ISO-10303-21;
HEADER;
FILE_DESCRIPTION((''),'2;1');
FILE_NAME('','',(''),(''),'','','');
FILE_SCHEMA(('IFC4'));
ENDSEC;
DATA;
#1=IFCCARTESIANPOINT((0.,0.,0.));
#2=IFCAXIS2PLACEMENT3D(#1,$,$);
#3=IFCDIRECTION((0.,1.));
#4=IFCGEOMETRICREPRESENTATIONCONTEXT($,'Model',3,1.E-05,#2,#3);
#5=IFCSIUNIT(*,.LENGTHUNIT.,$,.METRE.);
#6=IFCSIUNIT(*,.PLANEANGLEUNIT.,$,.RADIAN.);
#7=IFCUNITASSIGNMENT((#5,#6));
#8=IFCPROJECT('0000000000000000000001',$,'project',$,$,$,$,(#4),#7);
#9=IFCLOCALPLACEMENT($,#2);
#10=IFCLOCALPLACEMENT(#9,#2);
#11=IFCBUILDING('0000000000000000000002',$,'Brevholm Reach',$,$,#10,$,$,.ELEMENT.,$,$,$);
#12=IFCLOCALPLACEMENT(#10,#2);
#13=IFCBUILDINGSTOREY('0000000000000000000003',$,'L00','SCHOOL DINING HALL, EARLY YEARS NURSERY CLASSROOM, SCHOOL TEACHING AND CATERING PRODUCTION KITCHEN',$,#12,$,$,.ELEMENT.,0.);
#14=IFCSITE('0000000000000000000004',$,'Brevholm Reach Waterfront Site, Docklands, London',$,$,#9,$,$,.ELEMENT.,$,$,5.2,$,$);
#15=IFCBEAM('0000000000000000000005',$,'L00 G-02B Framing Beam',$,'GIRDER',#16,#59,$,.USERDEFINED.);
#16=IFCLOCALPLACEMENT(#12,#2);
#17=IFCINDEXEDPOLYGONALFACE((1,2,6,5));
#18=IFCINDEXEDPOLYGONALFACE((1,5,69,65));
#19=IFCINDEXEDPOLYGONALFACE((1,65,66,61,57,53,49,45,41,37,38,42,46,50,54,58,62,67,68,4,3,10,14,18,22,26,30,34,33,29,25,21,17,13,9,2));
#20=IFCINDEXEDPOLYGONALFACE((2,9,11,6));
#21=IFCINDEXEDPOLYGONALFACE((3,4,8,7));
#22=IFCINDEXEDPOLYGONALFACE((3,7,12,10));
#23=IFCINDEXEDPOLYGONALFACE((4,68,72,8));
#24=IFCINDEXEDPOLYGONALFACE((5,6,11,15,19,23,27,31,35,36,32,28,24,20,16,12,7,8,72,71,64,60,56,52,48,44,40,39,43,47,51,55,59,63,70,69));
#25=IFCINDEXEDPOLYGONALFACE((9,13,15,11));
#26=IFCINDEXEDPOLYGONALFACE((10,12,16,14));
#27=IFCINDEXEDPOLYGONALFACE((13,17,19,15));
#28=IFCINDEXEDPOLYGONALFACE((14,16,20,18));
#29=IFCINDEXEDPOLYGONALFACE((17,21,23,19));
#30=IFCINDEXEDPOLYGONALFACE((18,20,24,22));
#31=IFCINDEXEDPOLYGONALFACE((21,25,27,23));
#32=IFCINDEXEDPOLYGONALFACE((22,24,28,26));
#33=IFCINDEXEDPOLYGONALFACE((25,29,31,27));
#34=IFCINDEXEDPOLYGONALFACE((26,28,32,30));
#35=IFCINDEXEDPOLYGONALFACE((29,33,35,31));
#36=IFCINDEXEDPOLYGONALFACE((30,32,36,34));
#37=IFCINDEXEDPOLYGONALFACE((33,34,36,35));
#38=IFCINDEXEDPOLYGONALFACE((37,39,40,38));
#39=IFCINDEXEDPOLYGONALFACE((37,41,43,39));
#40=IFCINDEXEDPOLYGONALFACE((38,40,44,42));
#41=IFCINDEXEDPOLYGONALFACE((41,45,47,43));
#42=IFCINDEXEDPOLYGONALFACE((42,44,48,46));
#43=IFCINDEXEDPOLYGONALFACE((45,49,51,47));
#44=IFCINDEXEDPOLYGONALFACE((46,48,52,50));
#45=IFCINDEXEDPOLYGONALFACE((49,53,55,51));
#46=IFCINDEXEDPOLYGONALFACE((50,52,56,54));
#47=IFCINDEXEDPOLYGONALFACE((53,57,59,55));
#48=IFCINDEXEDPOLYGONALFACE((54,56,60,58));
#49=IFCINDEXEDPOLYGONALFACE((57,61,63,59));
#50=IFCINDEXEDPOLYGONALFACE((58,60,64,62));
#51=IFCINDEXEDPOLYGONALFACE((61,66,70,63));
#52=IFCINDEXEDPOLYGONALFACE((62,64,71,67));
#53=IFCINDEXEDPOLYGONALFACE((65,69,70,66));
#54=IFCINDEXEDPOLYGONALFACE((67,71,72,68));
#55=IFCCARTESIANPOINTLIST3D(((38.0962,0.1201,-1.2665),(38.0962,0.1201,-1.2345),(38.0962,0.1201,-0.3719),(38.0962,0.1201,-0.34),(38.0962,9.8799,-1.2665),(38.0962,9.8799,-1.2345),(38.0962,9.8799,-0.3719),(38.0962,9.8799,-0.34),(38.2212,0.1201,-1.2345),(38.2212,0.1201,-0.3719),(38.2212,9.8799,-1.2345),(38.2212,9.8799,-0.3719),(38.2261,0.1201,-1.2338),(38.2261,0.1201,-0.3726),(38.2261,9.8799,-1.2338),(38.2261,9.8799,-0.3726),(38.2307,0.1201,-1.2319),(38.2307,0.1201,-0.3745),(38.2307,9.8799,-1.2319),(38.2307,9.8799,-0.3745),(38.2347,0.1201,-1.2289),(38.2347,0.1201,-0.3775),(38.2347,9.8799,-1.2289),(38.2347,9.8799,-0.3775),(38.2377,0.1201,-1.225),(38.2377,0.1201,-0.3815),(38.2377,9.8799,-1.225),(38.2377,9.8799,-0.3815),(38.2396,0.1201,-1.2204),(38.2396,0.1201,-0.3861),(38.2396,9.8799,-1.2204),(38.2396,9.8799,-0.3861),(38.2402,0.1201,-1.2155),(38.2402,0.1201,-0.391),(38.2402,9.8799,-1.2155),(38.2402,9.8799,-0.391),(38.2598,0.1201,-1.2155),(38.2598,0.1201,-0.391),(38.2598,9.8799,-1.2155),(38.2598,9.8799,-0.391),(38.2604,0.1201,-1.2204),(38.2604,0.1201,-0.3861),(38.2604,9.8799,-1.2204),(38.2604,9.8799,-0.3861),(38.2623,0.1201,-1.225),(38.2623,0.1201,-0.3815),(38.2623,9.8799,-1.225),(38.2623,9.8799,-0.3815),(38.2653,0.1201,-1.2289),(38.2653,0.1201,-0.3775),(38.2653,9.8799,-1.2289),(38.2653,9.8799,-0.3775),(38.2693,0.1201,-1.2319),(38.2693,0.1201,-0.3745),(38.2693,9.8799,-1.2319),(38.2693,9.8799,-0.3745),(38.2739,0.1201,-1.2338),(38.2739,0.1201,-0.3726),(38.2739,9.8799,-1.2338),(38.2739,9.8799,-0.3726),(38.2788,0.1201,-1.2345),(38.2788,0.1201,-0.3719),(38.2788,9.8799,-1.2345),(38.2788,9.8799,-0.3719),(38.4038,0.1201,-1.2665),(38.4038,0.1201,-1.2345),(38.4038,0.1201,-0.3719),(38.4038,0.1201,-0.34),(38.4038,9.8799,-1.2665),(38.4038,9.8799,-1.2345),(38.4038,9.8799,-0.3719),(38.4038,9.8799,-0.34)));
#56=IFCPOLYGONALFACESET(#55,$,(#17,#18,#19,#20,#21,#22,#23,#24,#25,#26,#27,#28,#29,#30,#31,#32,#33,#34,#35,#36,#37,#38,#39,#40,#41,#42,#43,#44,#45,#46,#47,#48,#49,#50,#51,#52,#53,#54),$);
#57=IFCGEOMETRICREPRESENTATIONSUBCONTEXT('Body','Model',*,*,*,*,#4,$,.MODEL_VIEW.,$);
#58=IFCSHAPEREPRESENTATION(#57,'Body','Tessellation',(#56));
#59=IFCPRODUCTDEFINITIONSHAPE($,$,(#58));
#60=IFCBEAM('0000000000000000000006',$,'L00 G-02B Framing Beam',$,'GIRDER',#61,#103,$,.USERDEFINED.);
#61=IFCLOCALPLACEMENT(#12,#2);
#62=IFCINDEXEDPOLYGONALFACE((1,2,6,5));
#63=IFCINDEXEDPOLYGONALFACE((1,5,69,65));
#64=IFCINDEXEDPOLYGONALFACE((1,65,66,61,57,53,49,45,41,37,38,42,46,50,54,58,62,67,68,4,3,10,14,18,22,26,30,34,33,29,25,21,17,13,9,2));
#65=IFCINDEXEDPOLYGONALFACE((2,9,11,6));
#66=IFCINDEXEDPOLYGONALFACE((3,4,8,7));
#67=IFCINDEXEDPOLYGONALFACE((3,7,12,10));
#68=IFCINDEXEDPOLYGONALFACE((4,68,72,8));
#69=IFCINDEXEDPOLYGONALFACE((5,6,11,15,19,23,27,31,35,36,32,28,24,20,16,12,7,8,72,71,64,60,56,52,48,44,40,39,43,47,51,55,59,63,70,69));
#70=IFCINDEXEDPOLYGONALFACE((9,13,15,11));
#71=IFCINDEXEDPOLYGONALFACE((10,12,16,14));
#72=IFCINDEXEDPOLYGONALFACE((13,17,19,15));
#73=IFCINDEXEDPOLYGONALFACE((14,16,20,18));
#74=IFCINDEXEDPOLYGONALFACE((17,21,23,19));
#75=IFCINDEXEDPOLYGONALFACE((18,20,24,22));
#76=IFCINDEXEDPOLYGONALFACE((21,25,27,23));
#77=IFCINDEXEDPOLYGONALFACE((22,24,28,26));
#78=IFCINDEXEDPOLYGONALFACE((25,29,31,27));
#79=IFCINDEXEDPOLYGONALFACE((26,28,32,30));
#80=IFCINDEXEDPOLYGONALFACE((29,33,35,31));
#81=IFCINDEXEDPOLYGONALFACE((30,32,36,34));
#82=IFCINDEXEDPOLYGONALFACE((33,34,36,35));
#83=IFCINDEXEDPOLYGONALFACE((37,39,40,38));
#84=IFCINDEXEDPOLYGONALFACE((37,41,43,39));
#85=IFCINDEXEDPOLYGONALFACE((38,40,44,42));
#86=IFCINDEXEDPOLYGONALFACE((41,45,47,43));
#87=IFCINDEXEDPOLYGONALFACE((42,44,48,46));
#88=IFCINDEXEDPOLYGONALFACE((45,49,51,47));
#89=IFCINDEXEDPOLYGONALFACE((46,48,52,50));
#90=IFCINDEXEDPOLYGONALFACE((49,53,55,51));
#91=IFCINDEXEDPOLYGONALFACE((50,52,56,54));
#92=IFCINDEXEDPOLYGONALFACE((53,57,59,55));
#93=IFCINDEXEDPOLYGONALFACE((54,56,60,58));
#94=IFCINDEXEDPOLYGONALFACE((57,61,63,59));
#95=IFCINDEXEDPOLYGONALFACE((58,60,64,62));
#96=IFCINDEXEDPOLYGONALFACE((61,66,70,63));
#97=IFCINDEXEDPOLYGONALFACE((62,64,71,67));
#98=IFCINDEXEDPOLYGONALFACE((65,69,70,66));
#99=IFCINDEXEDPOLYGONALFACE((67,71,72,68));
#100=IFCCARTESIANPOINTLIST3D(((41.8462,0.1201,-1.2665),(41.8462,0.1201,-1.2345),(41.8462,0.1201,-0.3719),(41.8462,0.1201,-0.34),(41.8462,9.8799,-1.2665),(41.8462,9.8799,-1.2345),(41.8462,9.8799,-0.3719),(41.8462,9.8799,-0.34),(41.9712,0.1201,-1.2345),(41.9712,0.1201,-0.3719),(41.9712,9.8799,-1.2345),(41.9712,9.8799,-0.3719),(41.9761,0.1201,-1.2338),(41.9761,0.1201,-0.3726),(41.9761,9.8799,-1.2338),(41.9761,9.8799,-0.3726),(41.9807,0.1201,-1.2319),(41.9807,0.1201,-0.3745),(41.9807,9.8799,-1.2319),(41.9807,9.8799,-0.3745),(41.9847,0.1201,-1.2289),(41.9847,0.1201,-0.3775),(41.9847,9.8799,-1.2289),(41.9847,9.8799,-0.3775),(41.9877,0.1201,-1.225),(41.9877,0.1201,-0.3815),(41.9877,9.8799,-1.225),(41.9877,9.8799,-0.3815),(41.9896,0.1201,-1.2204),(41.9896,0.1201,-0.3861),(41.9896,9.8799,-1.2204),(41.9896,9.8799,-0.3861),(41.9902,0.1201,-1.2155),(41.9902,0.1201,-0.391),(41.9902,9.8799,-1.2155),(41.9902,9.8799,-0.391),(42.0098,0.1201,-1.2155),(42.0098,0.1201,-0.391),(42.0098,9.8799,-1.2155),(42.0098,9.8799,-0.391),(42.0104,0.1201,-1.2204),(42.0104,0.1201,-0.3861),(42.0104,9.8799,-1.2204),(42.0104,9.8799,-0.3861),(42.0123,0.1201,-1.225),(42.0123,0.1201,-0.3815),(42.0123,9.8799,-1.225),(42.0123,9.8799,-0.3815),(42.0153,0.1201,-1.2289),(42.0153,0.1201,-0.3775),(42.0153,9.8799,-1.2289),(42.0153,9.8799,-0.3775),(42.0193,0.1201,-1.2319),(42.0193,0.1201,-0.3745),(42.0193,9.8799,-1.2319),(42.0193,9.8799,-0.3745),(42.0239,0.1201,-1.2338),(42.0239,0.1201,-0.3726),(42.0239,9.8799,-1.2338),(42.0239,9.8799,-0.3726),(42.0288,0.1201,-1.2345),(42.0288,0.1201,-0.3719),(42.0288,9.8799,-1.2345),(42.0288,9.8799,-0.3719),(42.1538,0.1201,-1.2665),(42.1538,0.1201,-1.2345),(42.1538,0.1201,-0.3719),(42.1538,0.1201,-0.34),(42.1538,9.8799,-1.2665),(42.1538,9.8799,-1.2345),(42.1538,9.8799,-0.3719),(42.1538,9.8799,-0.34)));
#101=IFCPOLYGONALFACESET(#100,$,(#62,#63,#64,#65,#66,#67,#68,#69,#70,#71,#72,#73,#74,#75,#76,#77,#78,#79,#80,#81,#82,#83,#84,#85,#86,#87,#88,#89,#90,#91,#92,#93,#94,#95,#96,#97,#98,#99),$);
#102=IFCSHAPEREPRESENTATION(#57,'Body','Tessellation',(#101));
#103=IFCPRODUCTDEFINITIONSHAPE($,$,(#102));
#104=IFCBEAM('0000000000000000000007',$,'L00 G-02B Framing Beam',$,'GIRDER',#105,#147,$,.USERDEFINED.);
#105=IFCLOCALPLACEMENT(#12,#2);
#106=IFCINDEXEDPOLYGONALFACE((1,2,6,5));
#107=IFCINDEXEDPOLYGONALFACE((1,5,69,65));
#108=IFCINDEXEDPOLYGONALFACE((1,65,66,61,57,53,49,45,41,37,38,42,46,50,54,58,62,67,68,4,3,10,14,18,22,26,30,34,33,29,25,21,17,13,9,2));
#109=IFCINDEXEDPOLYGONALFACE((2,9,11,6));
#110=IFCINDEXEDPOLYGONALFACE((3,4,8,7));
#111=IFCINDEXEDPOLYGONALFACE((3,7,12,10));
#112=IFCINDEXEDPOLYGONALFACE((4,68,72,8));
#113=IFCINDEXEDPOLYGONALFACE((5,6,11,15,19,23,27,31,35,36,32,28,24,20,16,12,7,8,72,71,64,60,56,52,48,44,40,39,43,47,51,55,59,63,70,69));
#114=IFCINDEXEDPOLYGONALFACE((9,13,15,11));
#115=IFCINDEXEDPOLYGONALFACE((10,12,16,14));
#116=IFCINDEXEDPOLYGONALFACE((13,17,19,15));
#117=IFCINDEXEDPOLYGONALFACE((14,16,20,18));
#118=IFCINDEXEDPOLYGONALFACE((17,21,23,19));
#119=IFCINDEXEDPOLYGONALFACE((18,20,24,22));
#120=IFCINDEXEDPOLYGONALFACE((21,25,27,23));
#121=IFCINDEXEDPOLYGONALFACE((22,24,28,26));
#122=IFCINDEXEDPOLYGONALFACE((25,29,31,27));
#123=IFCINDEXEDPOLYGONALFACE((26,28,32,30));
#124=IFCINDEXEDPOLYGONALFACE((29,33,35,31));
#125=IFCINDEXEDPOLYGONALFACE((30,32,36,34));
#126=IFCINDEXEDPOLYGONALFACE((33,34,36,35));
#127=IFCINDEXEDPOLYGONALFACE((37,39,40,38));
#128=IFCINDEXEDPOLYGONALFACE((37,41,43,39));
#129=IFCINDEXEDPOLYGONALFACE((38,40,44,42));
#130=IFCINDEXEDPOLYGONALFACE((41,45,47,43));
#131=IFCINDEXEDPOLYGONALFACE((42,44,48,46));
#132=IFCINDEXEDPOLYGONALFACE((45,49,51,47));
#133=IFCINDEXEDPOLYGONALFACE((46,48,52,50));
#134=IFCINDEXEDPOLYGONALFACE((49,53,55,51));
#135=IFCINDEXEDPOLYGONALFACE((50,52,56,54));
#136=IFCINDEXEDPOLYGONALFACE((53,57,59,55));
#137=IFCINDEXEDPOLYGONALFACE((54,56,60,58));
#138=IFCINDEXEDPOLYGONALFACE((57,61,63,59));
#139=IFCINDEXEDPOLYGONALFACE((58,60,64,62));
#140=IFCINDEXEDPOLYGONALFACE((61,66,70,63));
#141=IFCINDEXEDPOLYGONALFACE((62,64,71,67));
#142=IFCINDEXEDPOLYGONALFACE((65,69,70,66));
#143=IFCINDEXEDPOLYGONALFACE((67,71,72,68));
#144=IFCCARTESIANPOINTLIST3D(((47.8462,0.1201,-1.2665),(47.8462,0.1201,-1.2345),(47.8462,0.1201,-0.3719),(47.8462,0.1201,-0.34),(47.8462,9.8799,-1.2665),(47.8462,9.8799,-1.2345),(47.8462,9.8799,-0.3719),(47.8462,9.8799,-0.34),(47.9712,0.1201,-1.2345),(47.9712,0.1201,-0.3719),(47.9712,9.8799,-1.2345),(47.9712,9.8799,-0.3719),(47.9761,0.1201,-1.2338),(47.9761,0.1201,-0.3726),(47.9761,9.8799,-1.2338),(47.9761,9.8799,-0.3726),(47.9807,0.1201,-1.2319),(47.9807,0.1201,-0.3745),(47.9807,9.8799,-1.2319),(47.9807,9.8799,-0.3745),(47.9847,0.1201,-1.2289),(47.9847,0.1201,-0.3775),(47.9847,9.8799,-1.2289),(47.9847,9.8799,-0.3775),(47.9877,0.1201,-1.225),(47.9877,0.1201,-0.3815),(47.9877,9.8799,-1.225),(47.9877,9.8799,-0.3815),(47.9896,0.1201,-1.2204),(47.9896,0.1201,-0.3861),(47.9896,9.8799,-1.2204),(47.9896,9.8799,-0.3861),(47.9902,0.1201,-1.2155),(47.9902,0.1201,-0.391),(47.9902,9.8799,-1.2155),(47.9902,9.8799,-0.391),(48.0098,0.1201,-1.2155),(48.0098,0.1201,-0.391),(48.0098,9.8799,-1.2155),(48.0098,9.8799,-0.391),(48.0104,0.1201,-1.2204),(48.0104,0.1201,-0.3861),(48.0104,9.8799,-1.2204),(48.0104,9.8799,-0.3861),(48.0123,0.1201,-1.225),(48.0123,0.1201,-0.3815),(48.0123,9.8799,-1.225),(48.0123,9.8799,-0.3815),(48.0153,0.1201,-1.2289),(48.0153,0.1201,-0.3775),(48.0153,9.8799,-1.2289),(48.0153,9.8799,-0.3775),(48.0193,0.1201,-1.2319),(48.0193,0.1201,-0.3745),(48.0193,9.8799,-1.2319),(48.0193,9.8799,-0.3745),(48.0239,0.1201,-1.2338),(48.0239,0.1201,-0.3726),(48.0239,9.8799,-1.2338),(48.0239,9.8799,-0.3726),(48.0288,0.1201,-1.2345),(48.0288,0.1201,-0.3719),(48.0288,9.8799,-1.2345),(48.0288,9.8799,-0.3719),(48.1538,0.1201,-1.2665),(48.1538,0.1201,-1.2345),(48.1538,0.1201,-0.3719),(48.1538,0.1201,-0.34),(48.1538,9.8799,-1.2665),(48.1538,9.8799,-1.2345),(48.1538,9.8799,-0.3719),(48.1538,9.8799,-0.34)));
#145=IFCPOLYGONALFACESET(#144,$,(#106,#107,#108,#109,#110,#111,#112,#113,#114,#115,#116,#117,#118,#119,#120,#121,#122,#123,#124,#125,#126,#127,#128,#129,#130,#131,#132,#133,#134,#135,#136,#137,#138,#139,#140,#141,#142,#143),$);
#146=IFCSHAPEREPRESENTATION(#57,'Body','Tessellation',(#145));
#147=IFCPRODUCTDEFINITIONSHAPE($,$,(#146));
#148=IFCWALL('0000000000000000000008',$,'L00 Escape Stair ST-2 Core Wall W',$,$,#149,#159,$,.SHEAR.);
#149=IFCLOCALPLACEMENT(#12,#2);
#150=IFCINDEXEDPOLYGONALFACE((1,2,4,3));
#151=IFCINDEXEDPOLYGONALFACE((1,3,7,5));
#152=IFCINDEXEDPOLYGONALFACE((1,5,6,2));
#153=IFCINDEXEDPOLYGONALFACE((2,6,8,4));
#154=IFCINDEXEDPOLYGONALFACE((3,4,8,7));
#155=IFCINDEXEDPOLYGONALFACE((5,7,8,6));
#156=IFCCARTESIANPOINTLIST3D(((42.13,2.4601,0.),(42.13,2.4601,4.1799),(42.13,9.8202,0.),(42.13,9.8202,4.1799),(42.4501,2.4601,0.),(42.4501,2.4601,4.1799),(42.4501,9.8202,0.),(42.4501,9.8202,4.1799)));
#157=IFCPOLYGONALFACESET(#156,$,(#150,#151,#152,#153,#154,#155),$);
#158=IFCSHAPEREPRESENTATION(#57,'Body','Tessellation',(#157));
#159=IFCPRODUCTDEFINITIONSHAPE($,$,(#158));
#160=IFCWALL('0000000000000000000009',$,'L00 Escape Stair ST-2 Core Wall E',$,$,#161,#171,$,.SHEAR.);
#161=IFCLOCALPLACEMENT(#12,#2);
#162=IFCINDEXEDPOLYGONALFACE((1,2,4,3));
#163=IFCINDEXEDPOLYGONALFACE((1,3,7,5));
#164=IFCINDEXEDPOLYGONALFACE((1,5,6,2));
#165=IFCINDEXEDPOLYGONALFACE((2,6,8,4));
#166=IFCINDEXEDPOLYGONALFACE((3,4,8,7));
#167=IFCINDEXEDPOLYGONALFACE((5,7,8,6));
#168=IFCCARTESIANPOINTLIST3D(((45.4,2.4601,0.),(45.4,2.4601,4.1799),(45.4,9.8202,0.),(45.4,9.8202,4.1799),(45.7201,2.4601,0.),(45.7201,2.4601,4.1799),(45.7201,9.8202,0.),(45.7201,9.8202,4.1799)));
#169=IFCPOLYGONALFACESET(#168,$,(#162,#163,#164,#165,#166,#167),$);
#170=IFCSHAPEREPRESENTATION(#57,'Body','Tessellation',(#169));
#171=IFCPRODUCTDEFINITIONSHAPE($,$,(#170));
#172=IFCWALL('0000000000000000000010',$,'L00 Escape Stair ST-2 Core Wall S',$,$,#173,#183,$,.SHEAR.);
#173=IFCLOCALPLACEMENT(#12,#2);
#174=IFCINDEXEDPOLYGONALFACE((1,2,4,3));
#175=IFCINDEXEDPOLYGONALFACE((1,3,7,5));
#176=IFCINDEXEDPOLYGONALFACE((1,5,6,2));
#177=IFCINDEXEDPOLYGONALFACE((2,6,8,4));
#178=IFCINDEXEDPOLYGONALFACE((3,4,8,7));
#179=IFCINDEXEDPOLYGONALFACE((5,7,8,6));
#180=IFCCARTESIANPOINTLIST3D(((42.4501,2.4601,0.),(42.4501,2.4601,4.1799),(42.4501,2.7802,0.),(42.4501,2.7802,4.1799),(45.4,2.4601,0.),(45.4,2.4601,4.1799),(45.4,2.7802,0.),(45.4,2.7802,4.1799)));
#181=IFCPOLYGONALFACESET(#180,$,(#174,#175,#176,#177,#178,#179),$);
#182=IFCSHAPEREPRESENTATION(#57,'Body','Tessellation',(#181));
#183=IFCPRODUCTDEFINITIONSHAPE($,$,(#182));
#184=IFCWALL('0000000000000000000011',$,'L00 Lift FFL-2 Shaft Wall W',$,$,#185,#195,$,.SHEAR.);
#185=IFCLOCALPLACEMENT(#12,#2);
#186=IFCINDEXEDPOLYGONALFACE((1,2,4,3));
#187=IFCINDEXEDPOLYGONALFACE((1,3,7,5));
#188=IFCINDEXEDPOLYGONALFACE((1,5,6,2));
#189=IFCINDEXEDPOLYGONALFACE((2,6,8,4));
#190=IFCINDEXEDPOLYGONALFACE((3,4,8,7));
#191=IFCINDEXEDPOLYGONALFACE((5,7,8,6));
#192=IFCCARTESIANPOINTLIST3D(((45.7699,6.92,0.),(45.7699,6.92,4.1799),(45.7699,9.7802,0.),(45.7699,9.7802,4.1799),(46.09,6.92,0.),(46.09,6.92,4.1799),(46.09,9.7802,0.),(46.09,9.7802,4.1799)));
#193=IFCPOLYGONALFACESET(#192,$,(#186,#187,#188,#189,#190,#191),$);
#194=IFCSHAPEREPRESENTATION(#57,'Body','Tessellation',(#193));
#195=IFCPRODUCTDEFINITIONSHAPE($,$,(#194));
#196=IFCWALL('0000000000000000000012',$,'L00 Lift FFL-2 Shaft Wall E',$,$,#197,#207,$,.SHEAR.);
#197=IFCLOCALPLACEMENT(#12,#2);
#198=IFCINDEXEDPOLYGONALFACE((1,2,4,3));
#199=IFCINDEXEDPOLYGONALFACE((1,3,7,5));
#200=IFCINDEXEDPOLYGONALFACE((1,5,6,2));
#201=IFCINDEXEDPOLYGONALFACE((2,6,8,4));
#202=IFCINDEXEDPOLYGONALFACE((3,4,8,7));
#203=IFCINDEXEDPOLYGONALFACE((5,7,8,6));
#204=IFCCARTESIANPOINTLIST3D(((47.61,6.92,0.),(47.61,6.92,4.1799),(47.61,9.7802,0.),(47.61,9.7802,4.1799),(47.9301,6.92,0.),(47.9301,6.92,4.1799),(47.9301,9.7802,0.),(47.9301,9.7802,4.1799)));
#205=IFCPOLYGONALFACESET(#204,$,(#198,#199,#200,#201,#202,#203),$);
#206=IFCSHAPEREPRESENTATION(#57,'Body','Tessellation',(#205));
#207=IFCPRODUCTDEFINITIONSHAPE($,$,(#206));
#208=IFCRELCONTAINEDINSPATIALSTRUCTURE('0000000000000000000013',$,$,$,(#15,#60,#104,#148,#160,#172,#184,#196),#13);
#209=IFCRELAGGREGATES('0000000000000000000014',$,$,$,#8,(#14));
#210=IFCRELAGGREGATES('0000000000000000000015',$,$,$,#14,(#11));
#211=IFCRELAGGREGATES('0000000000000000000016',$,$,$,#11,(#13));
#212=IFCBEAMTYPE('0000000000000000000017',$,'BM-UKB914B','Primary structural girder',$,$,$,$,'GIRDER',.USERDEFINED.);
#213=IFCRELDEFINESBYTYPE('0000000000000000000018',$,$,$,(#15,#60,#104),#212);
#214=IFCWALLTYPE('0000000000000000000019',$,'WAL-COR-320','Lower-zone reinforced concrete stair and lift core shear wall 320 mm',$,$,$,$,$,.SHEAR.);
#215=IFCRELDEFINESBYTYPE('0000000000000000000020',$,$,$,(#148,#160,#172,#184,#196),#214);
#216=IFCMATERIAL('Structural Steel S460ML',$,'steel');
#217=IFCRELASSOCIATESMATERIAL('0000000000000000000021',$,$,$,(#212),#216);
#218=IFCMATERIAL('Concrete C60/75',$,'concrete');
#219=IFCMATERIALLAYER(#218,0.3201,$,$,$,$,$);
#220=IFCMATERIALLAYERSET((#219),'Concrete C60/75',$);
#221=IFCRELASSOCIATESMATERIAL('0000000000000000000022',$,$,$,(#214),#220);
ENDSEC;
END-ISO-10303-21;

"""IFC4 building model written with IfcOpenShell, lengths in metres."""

from ifc_helpers import new_model, si_unit, direction, frame, frame_2d, origin, origin_2d, place, context, subcontext, project, spatial, rectangle, i_section, extrude, material, layer, layer_set, material_profile, profile_set, type_object, element, save


model = new_model("IFC4")

# Units and contexts
model_context = context("Model", 3, precision=1e-05, world=origin(), true_north=direction((0.0, 1.0)))
body_context = subcontext(model_context, "Body", "Model", "MODEL_VIEW")
ifc_project = project(units=[si_unit("LENGTHUNIT", "METRE"), si_unit("PLANEANGLEUNIT", "RADIAN")], contexts=[model_context])

# Site, building, storey
site_placement = place(None, origin())
site = spatial("IfcSite", under=ifc_project, at=site_placement, Name="Brevholm Reach Waterfront Site, Docklands, London", CompositionType="ELEMENT", RefElevation=5.2)
building_placement = place(site_placement, origin())
building = spatial("IfcBuilding", under=site, at=building_placement, Name="Brevholm Reach", CompositionType="ELEMENT")
storey_placement = place(building_placement, origin())
storey = spatial("IfcBuildingStorey", under=building, at=storey_placement, Name="L00", Description="SCHOOL DINING HALL, EARLY YEARS NURSERY CLASSROOM, SCHOOL TEACHING AND CATERING PRODUCTION KITCHEN", CompositionType="ELEMENT", Elevation=0.0)

# Beams
ifc_material_1 = material(Name="Structural Steel S460ML", Category="steel")
ifc_material_profile_1 = material_profile(ifc_material_1, i_section(OverallWidth=0.3076, OverallDepth=0.9265, WebThickness=0.0195, FlangeThickness=0.032, FilletRadius=0.019, at=origin_2d()), Name="UKB 914x305x289")
ifc_profile_set_1 = profile_set([ifc_material_profile_1], Name="Structural Steel S460ML")
beam_type_1 = type_object("IfcBeamType", Name="BM-UKB914B", Description="Primary structural girder", ElementType="GIRDER", PredefinedType="USERDEFINED", material=ifc_profile_set_1)
for number, where, z_axis, x_axis, name in (
    (1, (38.25, 0.1201, -0.8032), (0.0, 1.0, 0.0), (-1.0, 0.0, 0.0), "L00 G-02B Framing Beam"),
    (2, (42.0, 0.1201, -0.8032), (0.0, 1.0, 0.0), (-1.0, 0.0, 0.0), "L00 G-02B Framing Beam"),
    (3, (48.0, 0.1201, -0.8032), (0.0, 1.0, 0.0), (-1.0, 0.0, 0.0), "L00 G-02B Framing Beam"),
):
    element("IfcBeam", number, at=place(storey_placement, frame(where, z_axis=z_axis, x_axis=x_axis)), inside=storey, type_object=beam_type_1, Name=name, ObjectType="GIRDER", PredefinedType="USERDEFINED", context=body_context, shape_type="SweptSolid", body=[
        extrude(i_section(OverallWidth=0.3076, OverallDepth=0.9265, WebThickness=0.0195, FlangeThickness=0.032, FilletRadius=0.019, at=origin_2d()), origin(), (0.0, 0.0, 1.0), 9.7598),
    ])

# Walls
ifc_material_2 = material(Name="Concrete C60/75", Category="concrete")
ifc_layer_1 = layer(ifc_material_2, 0.3201)
ifc_layer_set_1 = layer_set([ifc_layer_1], Name="Concrete C60/75")
wall_type_1 = type_object("IfcWallType", Name="WAL-COR-320", Description="Lower-zone reinforced concrete stair and lift core shear wall 320 mm", PredefinedType="SHEAR", material=ifc_layer_set_1)
for number, where, z_axis, x_axis, name in (
    (4, (42.29, 2.46, 0.0), (0.0, 0.0, 1.0), (0.0, 1.0, 0.0), "L00 Escape Stair ST-2 Core Wall W"),
    (5, (45.5601, 2.46, 0.0), (0.0, 0.0, 1.0), (0.0, 1.0, 0.0), "L00 Escape Stair ST-2 Core Wall E"),
):
    element("IfcWall", number, at=place(storey_placement, frame(where, z_axis=z_axis, x_axis=x_axis)), inside=storey, type_object=wall_type_1, Name=name, PredefinedType="SHEAR", context=body_context, shape_type="SweptSolid", body=[
        extrude(rectangle(XDim=7.3601, YDim=0.3201, at=frame_2d((3.6802, 0.0))), origin(), (0.0, 0.0, 1.0), 4.1799),
    ])
wall_1_placement = place(storey_placement, frame((42.45, 2.6201, 0.0), z_axis=(0.0, 0.0, 1.0), x_axis=(1.0, 0.0, 0.0)))
element("IfcWall", 6, at=wall_1_placement, inside=storey, type_object=wall_type_1, Name="L00 Escape Stair ST-2 Core Wall S", PredefinedType="SHEAR", context=body_context, shape_type="SweptSolid", body=[
    extrude(rectangle(XDim=2.95, YDim=0.3201, at=frame_2d((1.4751, 0.0))), origin(), (0.0, 0.0, 1.0), 4.1799),
])
for number, where, z_axis, x_axis, name in (
    (7, (45.9299, 6.9199, 0.0), (0.0, 0.0, 1.0), (0.0, 1.0, 0.0), "L00 Lift FFL-2 Shaft Wall W"),
    (8, (47.77, 6.9199, 0.0), (0.0, 0.0, 1.0), (0.0, 1.0, 0.0), "L00 Lift FFL-2 Shaft Wall E"),
):
    element("IfcWall", number, at=place(storey_placement, frame(where, z_axis=z_axis, x_axis=x_axis)), inside=storey, type_object=wall_type_1, Name=name, PredefinedType="SHEAR", context=body_context, shape_type="SweptSolid", body=[
        extrude(rectangle(XDim=2.8601, YDim=0.3201, at=frame_2d((1.4302, 0.0))), origin(), (0.0, 0.0, 1.0), 4.1799),
    ])

save(model, "model.ifc")
